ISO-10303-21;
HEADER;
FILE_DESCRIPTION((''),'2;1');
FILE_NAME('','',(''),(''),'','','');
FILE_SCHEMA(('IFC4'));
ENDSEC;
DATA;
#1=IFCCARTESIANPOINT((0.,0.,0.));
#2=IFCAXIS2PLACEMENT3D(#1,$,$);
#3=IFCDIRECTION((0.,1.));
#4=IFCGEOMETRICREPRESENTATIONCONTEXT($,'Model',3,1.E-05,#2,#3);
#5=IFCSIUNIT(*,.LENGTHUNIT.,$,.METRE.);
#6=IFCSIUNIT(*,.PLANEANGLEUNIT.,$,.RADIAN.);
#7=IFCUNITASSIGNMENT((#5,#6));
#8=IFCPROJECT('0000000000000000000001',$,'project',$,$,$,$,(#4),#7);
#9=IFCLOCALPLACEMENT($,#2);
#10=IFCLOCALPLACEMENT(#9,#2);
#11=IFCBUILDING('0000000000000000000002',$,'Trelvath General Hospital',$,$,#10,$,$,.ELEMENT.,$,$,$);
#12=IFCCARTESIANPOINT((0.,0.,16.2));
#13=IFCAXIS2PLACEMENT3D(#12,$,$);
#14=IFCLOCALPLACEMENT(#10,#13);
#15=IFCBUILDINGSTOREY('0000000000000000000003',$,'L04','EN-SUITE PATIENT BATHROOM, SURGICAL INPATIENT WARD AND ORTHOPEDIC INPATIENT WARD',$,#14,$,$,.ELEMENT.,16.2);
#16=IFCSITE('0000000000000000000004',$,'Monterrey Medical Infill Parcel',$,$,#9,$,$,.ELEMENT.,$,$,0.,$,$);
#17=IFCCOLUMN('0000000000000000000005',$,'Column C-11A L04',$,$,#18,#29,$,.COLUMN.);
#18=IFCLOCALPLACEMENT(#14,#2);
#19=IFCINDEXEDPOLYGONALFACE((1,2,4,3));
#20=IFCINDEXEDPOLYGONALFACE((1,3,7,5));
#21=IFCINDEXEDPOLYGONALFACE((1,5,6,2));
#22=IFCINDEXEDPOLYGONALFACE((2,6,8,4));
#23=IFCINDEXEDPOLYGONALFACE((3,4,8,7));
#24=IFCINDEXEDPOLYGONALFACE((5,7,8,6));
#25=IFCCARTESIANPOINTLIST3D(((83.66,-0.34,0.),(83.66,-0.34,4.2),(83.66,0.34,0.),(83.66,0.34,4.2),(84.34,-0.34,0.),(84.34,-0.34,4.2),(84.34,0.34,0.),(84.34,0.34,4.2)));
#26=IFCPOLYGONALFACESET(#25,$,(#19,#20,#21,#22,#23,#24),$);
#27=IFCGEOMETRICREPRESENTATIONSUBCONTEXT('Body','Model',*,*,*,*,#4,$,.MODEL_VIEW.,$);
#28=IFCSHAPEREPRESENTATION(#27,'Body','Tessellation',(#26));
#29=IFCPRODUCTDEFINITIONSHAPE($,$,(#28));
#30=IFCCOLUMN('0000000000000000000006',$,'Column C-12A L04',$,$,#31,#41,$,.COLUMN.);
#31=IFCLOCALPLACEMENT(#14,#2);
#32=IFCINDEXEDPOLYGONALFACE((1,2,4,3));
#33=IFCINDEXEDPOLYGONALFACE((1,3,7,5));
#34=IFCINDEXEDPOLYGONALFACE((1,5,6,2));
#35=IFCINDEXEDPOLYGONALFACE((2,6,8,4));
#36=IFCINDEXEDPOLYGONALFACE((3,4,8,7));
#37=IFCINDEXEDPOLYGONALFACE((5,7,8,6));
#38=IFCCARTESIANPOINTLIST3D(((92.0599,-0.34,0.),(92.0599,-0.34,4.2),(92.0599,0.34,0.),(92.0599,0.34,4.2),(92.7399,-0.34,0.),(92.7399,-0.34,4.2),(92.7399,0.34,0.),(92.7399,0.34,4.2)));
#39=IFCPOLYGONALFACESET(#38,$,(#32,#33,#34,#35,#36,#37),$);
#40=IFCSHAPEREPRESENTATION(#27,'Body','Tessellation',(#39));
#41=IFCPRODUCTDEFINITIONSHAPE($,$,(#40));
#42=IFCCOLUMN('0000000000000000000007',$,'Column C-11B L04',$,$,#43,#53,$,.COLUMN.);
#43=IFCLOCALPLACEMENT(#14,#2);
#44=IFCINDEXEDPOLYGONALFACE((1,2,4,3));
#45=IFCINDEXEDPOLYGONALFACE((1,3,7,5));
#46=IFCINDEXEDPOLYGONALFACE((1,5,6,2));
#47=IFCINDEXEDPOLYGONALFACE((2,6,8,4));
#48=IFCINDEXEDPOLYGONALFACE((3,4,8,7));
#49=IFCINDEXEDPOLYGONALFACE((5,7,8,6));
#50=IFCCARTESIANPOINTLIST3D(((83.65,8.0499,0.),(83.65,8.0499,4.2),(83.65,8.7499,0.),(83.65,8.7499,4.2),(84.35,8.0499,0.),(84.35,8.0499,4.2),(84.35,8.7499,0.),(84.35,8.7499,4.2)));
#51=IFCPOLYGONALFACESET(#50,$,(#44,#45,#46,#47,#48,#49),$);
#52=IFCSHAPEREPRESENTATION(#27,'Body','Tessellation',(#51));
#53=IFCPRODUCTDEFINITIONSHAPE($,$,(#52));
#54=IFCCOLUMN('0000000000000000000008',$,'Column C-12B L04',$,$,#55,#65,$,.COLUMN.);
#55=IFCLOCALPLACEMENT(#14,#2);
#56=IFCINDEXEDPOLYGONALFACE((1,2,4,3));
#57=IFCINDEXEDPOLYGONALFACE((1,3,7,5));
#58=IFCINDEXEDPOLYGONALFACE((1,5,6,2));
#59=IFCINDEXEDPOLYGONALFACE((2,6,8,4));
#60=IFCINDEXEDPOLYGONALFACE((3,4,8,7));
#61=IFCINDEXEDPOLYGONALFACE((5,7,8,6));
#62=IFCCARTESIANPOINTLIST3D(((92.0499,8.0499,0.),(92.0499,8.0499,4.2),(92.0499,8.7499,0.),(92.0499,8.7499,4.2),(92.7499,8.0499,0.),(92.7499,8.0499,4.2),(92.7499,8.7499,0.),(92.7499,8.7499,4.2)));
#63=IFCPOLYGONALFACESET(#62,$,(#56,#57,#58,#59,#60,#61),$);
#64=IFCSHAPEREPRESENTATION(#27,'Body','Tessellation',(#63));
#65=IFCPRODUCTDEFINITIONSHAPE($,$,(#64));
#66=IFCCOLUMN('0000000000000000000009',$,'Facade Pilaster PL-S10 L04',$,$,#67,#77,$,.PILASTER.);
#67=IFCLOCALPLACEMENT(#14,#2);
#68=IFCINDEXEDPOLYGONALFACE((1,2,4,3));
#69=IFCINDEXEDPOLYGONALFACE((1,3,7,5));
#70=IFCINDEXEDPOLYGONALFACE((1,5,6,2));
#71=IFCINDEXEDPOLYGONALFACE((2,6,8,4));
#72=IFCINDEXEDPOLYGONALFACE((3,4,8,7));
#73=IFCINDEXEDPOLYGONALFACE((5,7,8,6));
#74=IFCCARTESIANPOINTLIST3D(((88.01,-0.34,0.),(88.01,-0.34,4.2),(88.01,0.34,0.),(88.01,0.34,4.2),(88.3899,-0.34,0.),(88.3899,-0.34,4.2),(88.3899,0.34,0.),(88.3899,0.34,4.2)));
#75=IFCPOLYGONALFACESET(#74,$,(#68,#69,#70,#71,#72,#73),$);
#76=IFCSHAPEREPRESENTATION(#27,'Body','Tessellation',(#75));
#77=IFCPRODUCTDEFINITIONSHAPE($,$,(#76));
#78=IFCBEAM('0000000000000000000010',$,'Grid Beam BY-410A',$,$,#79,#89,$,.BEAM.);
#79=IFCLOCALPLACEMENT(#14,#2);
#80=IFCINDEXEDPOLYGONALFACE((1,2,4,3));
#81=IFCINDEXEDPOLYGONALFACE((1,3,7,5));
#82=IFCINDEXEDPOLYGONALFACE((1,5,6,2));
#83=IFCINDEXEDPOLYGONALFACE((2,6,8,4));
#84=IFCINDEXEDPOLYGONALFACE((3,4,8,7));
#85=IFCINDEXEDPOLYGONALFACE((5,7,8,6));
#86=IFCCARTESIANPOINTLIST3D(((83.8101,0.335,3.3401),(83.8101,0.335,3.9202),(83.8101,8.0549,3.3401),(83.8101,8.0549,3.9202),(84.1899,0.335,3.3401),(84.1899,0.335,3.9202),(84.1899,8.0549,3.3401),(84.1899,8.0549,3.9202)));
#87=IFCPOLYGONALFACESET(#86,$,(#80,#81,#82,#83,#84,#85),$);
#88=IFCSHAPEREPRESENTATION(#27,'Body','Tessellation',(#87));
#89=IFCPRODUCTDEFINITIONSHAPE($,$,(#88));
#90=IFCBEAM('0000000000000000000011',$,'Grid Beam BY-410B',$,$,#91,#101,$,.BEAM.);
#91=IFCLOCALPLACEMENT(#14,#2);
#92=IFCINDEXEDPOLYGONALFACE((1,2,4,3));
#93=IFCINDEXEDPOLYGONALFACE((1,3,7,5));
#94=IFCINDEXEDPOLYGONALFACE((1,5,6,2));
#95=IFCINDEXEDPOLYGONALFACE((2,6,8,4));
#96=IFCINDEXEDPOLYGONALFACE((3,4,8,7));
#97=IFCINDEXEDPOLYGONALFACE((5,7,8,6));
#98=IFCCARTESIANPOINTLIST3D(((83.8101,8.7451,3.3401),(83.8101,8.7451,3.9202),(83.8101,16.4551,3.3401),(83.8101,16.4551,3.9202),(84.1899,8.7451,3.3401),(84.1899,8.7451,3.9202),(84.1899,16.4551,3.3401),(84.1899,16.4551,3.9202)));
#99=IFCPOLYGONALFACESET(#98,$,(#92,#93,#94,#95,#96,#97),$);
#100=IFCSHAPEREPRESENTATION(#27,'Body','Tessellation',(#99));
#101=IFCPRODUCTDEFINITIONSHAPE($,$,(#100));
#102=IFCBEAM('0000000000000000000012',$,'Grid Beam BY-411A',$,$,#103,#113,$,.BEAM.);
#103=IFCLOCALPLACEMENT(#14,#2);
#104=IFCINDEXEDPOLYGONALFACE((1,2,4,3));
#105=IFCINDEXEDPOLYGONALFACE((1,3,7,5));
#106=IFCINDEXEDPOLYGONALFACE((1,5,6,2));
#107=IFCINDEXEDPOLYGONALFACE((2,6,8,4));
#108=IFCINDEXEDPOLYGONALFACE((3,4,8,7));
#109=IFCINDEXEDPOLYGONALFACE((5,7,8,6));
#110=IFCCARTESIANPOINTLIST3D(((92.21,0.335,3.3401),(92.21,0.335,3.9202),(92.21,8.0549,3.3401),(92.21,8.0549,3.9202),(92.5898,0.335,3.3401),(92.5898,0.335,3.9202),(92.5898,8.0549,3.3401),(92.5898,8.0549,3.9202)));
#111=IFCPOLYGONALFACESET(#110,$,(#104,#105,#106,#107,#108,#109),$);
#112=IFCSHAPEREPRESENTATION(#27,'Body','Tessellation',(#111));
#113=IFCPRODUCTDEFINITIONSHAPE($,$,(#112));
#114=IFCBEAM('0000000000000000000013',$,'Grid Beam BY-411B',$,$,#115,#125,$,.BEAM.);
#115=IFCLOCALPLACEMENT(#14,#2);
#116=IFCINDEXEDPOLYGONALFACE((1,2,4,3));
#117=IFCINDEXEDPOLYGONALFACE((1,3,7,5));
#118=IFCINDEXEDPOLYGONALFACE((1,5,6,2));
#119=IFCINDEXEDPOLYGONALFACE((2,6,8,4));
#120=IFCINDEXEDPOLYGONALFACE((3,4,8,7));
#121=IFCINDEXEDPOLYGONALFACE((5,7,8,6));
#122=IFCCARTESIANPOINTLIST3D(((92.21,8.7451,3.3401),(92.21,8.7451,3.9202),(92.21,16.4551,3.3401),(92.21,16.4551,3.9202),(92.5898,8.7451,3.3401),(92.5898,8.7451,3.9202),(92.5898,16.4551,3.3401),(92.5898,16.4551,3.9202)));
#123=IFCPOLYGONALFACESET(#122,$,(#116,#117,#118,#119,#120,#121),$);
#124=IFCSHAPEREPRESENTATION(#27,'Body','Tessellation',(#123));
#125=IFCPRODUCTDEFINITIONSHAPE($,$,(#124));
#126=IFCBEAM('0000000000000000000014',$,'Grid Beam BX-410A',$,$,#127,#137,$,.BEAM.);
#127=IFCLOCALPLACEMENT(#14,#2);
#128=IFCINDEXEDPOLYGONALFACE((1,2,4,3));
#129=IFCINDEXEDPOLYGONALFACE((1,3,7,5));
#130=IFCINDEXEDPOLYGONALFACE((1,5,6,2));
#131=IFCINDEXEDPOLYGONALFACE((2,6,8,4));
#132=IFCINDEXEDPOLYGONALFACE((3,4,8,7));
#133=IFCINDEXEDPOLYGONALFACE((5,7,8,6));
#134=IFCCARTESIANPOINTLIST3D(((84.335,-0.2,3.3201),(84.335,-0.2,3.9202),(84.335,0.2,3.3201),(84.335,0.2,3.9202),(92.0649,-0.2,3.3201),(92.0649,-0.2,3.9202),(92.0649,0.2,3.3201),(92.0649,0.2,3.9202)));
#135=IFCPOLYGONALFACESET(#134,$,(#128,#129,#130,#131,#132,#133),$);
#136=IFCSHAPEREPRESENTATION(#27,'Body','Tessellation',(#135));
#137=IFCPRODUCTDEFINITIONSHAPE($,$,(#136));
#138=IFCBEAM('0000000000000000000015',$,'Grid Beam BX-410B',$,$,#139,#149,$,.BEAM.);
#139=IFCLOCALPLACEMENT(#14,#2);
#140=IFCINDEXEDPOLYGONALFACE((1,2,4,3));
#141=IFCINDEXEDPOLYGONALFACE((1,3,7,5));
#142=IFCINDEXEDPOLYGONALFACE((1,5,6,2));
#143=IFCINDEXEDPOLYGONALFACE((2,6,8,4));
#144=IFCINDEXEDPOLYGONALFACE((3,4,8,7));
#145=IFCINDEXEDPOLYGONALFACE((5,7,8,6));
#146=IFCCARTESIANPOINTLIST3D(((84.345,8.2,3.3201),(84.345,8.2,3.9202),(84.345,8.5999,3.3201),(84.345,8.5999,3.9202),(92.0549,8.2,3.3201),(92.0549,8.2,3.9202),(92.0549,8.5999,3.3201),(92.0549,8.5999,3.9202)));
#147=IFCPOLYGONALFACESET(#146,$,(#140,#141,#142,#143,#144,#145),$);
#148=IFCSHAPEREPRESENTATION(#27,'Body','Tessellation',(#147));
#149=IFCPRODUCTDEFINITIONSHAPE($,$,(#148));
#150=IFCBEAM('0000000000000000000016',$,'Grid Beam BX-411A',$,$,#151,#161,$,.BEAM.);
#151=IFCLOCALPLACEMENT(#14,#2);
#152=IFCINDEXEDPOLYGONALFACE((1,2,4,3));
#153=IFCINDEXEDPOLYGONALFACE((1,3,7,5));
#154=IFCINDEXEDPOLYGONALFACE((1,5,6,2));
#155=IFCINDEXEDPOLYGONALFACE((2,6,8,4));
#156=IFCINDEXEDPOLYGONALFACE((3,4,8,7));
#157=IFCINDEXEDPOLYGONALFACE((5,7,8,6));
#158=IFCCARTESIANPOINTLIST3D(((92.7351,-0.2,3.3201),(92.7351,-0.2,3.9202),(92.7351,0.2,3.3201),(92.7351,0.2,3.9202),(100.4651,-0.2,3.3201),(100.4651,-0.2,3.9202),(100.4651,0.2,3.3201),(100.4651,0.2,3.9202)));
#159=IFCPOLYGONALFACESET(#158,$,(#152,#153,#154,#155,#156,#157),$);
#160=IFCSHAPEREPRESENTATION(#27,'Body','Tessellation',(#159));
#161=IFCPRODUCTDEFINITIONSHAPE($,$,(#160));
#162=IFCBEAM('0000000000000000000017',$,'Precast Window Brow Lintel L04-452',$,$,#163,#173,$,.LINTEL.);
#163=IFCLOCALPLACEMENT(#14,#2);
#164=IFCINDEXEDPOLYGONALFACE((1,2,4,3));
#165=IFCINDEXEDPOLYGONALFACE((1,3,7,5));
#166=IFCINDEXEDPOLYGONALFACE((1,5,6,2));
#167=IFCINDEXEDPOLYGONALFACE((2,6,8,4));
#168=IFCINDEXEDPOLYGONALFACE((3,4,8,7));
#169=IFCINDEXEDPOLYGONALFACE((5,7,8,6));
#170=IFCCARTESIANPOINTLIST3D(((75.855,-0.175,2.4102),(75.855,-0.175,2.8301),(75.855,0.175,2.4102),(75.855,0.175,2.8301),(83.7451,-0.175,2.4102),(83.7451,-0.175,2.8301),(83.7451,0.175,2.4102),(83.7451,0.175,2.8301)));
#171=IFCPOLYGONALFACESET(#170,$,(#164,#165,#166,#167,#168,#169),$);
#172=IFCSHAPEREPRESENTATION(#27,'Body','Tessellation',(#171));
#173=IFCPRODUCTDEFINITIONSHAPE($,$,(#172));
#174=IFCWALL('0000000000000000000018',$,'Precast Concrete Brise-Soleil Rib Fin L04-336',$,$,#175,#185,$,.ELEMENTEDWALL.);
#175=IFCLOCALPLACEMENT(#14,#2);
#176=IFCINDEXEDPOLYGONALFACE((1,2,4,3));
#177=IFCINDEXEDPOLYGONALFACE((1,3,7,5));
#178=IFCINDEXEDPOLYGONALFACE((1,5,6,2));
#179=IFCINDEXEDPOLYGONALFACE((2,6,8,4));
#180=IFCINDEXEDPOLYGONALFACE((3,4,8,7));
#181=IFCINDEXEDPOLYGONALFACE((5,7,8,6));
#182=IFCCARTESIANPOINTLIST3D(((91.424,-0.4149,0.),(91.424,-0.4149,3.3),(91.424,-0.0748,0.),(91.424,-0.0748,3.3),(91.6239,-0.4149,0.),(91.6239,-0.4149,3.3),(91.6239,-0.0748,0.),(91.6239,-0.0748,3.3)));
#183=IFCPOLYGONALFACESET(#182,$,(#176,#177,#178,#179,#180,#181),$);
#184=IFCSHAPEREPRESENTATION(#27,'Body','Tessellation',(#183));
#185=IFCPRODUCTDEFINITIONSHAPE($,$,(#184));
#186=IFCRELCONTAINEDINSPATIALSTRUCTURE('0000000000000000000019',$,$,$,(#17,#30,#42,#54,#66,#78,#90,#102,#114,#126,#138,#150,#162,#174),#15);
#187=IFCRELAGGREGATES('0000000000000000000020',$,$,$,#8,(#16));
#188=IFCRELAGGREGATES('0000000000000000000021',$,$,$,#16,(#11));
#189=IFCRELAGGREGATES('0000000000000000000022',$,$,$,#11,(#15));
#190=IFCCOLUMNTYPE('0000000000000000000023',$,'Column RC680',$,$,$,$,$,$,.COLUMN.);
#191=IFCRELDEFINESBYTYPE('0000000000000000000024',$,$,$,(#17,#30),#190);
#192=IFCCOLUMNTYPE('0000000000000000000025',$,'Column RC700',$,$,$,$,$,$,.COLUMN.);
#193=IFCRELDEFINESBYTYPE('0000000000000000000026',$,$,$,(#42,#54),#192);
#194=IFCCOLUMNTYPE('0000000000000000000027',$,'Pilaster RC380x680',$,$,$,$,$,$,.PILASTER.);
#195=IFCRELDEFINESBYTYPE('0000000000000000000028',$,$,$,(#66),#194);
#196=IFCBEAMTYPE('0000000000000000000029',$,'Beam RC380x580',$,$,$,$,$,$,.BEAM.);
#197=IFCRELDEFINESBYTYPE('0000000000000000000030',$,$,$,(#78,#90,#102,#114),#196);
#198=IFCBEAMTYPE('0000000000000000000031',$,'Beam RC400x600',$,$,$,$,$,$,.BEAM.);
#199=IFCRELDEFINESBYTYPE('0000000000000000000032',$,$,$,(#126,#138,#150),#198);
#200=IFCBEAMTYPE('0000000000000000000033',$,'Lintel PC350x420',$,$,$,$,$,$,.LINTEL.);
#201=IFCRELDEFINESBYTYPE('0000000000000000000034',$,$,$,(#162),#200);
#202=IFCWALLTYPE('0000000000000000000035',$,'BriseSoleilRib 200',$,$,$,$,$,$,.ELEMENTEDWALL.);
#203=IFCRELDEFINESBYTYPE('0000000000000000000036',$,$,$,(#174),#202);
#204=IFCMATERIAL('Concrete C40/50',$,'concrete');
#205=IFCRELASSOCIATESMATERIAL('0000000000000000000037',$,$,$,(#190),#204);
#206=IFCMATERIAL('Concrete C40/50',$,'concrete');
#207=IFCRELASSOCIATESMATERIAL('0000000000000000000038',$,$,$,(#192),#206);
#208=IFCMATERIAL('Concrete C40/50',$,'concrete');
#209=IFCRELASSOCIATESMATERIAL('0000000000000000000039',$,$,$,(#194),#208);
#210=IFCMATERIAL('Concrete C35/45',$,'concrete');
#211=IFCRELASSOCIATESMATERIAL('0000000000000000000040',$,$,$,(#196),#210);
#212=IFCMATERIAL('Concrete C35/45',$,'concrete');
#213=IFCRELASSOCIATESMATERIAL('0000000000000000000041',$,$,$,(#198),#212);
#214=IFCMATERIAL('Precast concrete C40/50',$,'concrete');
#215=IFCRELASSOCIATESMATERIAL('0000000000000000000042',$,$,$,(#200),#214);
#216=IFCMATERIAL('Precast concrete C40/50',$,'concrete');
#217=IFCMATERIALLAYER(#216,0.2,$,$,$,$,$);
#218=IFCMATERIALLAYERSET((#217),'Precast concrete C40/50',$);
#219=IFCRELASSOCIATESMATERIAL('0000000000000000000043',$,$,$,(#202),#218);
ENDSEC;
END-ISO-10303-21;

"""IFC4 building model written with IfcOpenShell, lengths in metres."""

from ifc_helpers import new_model, si_unit, direction, frame, frame_2d, origin, origin_2d, place, context, subcontext, project, spatial, rectangle, extrude, material, layer, layer_set, material_profile, profile_set, type_object, element, save


model = new_model("IFC4")

# Units and contexts
model_context = context("Model", 3, precision=1e-05, world=origin(), true_north=direction((0.0, 1.0)))
body_context = subcontext(model_context, "Body", "Model", "MODEL_VIEW")
ifc_project = project(units=[si_unit("LENGTHUNIT", "METRE"), si_unit("PLANEANGLEUNIT", "RADIAN")], contexts=[model_context])

# Site, building, storey
site_placement = place(None, origin())
site = spatial("IfcSite", under=ifc_project, at=site_placement, Name="Monterrey Medical Infill Parcel", CompositionType="ELEMENT", RefElevation=0.0)
building_placement = place(site_placement, origin())
building = spatial("IfcBuilding", under=site, at=building_placement, Name="Trelvath General Hospital", CompositionType="ELEMENT")
storey_placement = place(building_placement, frame((0.0, 0.0, 16.2)))
storey = spatial("IfcBuildingStorey", under=building, at=storey_placement, Name="L04", Description="EN-SUITE PATIENT BATHROOM, SURGICAL INPATIENT WARD AND ORTHOPEDIC INPATIENT WARD", CompositionType="ELEMENT", Elevation=16.2)

# Columns
ifc_material_1 = material(Name="Concrete C40/50", Category="concrete")
ifc_material_profile_1 = material_profile(ifc_material_1, rectangle(XDim=0.6799, YDim=0.6799, at=origin_2d()), Name="RC680x680")
ifc_profile_set_1 = profile_set([ifc_material_profile_1], Name="Concrete C40/50")
column_type_1 = type_object("IfcColumnType", Name="Column RC680", PredefinedType="COLUMN", material=ifc_profile_set_1)
for number, where, z_axis, x_axis, name in (
    (1, (84.0, 0.0, 0.0), (0.0, 0.0, 1.0), (1.0, 0.0, 0.0), "Column C-11A L04"),
    (2, (92.3999, 0.0, 0.0), (0.0, 0.0, 1.0), (1.0, 0.0, 0.0), "Column C-12A L04"),
):
    element("IfcColumn", number, at=place(storey_placement, frame(where, z_axis=z_axis, x_axis=x_axis)), inside=storey, type_object=column_type_1, Name=name, PredefinedType="COLUMN", context=body_context, shape_type="SweptSolid", body=[
        extrude(rectangle(XDim=0.6799, YDim=0.6799, at=origin_2d()), origin(), (0.0, 0.0, 1.0), 4.2),
    ])
ifc_material_2 = material(Name="Concrete C40/50", Category="concrete")
ifc_material_profile_2 = material_profile(ifc_material_2, rectangle(XDim=0.7, YDim=0.7, at=origin_2d()), Name="RC700x700")
ifc_profile_set_2 = profile_set([ifc_material_profile_2], Name="Concrete C40/50")
column_type_2 = type_object("IfcColumnType", Name="Column RC700", PredefinedType="COLUMN", material=ifc_profile_set_2)
for number, where, z_axis, x_axis, name in (
    (3, (84.0, 8.3999, 0.0), (0.0, 0.0, 1.0), (1.0, 0.0, 0.0), "Column C-11B L04"),
    (4, (92.3999, 8.3999, 0.0), (0.0, 0.0, 1.0), (1.0, 0.0, 0.0), "Column C-12B L04"),
):
    element("IfcColumn", number, at=place(storey_placement, frame(where, z_axis=z_axis, x_axis=x_axis)), inside=storey, type_object=column_type_2, Name=name, PredefinedType="COLUMN", context=body_context, shape_type="SweptSolid", body=[
        extrude(rectangle(XDim=0.7, YDim=0.7, at=origin_2d()), origin(), (0.0, 0.0, 1.0), 4.2),
    ])
ifc_material_3 = material(Name="Concrete C40/50", Category="concrete")
ifc_material_profile_3 = material_profile(ifc_material_3, rectangle(XDim=0.3799, YDim=0.6799, at=origin_2d()), Name="RC380x680")
ifc_profile_set_3 = profile_set([ifc_material_profile_3], Name="Concrete C40/50")
column_type_3 = type_object("IfcColumnType", Name="Pilaster RC380x680", PredefinedType="PILASTER", material=ifc_profile_set_3)
column_placement = place(storey_placement, frame((88.2, 0.0, 0.0), z_axis=(0.0, 0.0, 1.0), x_axis=(1.0, 0.0, 0.0)))
element("IfcColumn", 5, at=column_placement, inside=storey, type_object=column_type_3, Name="Facade Pilaster PL-S10 L04", PredefinedType="PILASTER", context=body_context, shape_type="SweptSolid", body=[
    extrude(rectangle(XDim=0.3799, YDim=0.6799, at=origin_2d()), origin(), (0.0, 0.0, 1.0), 4.2),
])

# Beams
ifc_material_4 = material(Name="Concrete C35/45", Category="concrete")
ifc_material_profile_4 = material_profile(ifc_material_4, rectangle(XDim=0.3799, YDim=0.5801, at=origin_2d()), Name="RCB380x580")
ifc_profile_set_4 = profile_set([ifc_material_profile_4], Name="Concrete C35/45")
beam_type_1 = type_object("IfcBeamType", Name="Beam RC380x580", PredefinedType="BEAM", material=ifc_profile_set_4)
beam_1_placement = place(storey_placement, frame((84.0, 0.335, 3.6301), z_axis=(0.0, 1.0, 0.0), x_axis=(-1.0, 0.0, 0.0)))
element("IfcBeam", 6, at=beam_1_placement, inside=storey, type_object=beam_type_1, Name="Grid Beam BY-410A", PredefinedType="BEAM", context=body_context, shape_type="SweptSolid", body=[
    extrude(rectangle(XDim=0.3799, YDim=0.5801, at=origin_2d()), origin(), (0.0, 0.0, 1.0), 7.72),
])
beam_2_placement = place(storey_placement, frame((84.0, 8.7451, 3.6301), z_axis=(0.0, 1.0, 0.0), x_axis=(-1.0, 0.0, 0.0)))
element("IfcBeam", 7, at=beam_2_placement, inside=storey, type_object=beam_type_1, Name="Grid Beam BY-410B", PredefinedType="BEAM", context=body_context, shape_type="SweptSolid", body=[
    extrude(rectangle(XDim=0.3799, YDim=0.5801, at=origin_2d()), origin(), (0.0, 0.0, 1.0), 7.71),
])
beam_3_placement = place(storey_placement, frame((92.3999, 0.335, 3.6301), z_axis=(0.0, 1.0, 0.0), x_axis=(-1.0, 0.0, 0.0)))
element("IfcBeam", 8, at=beam_3_placement, inside=storey, type_object=beam_type_1, Name="Grid Beam BY-411A", PredefinedType="BEAM", context=body_context, shape_type="SweptSolid", body=[
    extrude(rectangle(XDim=0.3799, YDim=0.5801, at=origin_2d()), origin(), (0.0, 0.0, 1.0), 7.72),
])
beam_4_placement = place(storey_placement, frame((92.3999, 8.7451, 3.6301), z_axis=(0.0, 1.0, 0.0), x_axis=(-1.0, 0.0, 0.0)))
element("IfcBeam", 9, at=beam_4_placement, inside=storey, type_object=beam_type_1, Name="Grid Beam BY-411B", PredefinedType="BEAM", context=body_context, shape_type="SweptSolid", body=[
    extrude(rectangle(XDim=0.3799, YDim=0.5801, at=origin_2d()), origin(), (0.0, 0.0, 1.0), 7.71),
])
ifc_material_5 = material(Name="Concrete C35/45", Category="concrete")
ifc_material_profile_5 = material_profile(ifc_material_5, rectangle(XDim=0.3999, YDim=0.6001, at=origin_2d()), Name="RCB400x600")
ifc_profile_set_5 = profile_set([ifc_material_profile_5], Name="Concrete C35/45")
beam_type_2 = type_object("IfcBeamType", Name="Beam RC400x600", PredefinedType="BEAM", material=ifc_profile_set_5)
beam_5_placement = place(storey_placement, frame((84.335, 0.0, 3.6201), z_axis=(1.0, 0.0, 0.0), x_axis=(0.0, 1.0, 0.0)))
element("IfcBeam", 10, at=beam_5_placement, inside=storey, type_object=beam_type_2, Name="Grid Beam BX-410A", PredefinedType="BEAM", context=body_context, shape_type="SweptSolid", body=[
    extrude(rectangle(XDim=0.3999, YDim=0.6001, at=origin_2d()), origin(), (0.0, 0.0, 1.0), 7.73),
])
beam_6_placement = place(storey_placement, frame((84.345, 8.3999, 3.6201), z_axis=(1.0, 0.0, 0.0), x_axis=(0.0, 1.0, 0.0)))
element("IfcBeam", 11, at=beam_6_placement, inside=storey, type_object=beam_type_2, Name="Grid Beam BX-410B", PredefinedType="BEAM", context=body_context, shape_type="SweptSolid", body=[
    extrude(rectangle(XDim=0.3999, YDim=0.6001, at=origin_2d()), origin(), (0.0, 0.0, 1.0), 7.71),
])
beam_7_placement = place(storey_placement, frame((92.7351, 0.0, 3.6201), z_axis=(1.0, 0.0, 0.0), x_axis=(0.0, 1.0, 0.0)))
element("IfcBeam", 12, at=beam_7_placement, inside=storey, type_object=beam_type_2, Name="Grid Beam BX-411A", PredefinedType="BEAM", context=body_context, shape_type="SweptSolid", body=[
    extrude(rectangle(XDim=0.3999, YDim=0.6001, at=origin_2d()), origin(), (0.0, 0.0, 1.0), 7.73),
])
ifc_material_6 = material(Name="Precast concrete C40/50", Category="concrete")
ifc_material_profile_6 = material_profile(ifc_material_6, rectangle(XDim=0.3501, YDim=0.4199, at=origin_2d()), Name="PCL350x420")
ifc_profile_set_6 = profile_set([ifc_material_profile_6], Name="Precast concrete C40/50")
beam_type_3 = type_object("IfcBeamType", Name="Lintel PC350x420", PredefinedType="LINTEL", material=ifc_profile_set_6)
beam_8_placement = place(storey_placement, frame((83.7451, 0.0, 2.6201), z_axis=(-1.0, 0.0, 0.0), x_axis=(0.0, -1.0, 0.0)))
element("IfcBeam", 13, at=beam_8_placement, inside=storey, type_object=beam_type_3, Name="Precast Window Brow Lintel L04-452", PredefinedType="LINTEL", context=body_context, shape_type="SweptSolid", body=[
    extrude(rectangle(XDim=0.3501, YDim=0.4199, at=origin_2d()), origin(), (0.0, 0.0, 1.0), 7.8901),
])

# Wall
ifc_material_7 = material(Name="Precast concrete C40/50", Category="concrete")
ifc_layer_1 = layer(ifc_material_7, 0.2)
ifc_layer_set_1 = layer_set([ifc_layer_1], Name="Precast concrete C40/50")
wall_type_1 = type_object("IfcWallType", Name="BriseSoleilRib 200", PredefinedType="ELEMENTEDWALL", material=ifc_layer_set_1)
wall_1_placement = place(storey_placement, frame((91.5239, -0.075, 0.0), z_axis=(0.0, 0.0, 1.0), x_axis=(0.0, -1.0, 0.0)))
element("IfcWall", 14, at=wall_1_placement, inside=storey, type_object=wall_type_1, Name="Precast Concrete Brise-Soleil Rib Fin L04-336", PredefinedType="ELEMENTEDWALL", context=body_context, shape_type="SweptSolid", body=[
    extrude(rectangle(XDim=0.3401, YDim=0.2, at=frame_2d((0.1699, 0.0))), origin(), (0.0, 0.0, 1.0), 3.3),
])

save(model, "model.ifc")
